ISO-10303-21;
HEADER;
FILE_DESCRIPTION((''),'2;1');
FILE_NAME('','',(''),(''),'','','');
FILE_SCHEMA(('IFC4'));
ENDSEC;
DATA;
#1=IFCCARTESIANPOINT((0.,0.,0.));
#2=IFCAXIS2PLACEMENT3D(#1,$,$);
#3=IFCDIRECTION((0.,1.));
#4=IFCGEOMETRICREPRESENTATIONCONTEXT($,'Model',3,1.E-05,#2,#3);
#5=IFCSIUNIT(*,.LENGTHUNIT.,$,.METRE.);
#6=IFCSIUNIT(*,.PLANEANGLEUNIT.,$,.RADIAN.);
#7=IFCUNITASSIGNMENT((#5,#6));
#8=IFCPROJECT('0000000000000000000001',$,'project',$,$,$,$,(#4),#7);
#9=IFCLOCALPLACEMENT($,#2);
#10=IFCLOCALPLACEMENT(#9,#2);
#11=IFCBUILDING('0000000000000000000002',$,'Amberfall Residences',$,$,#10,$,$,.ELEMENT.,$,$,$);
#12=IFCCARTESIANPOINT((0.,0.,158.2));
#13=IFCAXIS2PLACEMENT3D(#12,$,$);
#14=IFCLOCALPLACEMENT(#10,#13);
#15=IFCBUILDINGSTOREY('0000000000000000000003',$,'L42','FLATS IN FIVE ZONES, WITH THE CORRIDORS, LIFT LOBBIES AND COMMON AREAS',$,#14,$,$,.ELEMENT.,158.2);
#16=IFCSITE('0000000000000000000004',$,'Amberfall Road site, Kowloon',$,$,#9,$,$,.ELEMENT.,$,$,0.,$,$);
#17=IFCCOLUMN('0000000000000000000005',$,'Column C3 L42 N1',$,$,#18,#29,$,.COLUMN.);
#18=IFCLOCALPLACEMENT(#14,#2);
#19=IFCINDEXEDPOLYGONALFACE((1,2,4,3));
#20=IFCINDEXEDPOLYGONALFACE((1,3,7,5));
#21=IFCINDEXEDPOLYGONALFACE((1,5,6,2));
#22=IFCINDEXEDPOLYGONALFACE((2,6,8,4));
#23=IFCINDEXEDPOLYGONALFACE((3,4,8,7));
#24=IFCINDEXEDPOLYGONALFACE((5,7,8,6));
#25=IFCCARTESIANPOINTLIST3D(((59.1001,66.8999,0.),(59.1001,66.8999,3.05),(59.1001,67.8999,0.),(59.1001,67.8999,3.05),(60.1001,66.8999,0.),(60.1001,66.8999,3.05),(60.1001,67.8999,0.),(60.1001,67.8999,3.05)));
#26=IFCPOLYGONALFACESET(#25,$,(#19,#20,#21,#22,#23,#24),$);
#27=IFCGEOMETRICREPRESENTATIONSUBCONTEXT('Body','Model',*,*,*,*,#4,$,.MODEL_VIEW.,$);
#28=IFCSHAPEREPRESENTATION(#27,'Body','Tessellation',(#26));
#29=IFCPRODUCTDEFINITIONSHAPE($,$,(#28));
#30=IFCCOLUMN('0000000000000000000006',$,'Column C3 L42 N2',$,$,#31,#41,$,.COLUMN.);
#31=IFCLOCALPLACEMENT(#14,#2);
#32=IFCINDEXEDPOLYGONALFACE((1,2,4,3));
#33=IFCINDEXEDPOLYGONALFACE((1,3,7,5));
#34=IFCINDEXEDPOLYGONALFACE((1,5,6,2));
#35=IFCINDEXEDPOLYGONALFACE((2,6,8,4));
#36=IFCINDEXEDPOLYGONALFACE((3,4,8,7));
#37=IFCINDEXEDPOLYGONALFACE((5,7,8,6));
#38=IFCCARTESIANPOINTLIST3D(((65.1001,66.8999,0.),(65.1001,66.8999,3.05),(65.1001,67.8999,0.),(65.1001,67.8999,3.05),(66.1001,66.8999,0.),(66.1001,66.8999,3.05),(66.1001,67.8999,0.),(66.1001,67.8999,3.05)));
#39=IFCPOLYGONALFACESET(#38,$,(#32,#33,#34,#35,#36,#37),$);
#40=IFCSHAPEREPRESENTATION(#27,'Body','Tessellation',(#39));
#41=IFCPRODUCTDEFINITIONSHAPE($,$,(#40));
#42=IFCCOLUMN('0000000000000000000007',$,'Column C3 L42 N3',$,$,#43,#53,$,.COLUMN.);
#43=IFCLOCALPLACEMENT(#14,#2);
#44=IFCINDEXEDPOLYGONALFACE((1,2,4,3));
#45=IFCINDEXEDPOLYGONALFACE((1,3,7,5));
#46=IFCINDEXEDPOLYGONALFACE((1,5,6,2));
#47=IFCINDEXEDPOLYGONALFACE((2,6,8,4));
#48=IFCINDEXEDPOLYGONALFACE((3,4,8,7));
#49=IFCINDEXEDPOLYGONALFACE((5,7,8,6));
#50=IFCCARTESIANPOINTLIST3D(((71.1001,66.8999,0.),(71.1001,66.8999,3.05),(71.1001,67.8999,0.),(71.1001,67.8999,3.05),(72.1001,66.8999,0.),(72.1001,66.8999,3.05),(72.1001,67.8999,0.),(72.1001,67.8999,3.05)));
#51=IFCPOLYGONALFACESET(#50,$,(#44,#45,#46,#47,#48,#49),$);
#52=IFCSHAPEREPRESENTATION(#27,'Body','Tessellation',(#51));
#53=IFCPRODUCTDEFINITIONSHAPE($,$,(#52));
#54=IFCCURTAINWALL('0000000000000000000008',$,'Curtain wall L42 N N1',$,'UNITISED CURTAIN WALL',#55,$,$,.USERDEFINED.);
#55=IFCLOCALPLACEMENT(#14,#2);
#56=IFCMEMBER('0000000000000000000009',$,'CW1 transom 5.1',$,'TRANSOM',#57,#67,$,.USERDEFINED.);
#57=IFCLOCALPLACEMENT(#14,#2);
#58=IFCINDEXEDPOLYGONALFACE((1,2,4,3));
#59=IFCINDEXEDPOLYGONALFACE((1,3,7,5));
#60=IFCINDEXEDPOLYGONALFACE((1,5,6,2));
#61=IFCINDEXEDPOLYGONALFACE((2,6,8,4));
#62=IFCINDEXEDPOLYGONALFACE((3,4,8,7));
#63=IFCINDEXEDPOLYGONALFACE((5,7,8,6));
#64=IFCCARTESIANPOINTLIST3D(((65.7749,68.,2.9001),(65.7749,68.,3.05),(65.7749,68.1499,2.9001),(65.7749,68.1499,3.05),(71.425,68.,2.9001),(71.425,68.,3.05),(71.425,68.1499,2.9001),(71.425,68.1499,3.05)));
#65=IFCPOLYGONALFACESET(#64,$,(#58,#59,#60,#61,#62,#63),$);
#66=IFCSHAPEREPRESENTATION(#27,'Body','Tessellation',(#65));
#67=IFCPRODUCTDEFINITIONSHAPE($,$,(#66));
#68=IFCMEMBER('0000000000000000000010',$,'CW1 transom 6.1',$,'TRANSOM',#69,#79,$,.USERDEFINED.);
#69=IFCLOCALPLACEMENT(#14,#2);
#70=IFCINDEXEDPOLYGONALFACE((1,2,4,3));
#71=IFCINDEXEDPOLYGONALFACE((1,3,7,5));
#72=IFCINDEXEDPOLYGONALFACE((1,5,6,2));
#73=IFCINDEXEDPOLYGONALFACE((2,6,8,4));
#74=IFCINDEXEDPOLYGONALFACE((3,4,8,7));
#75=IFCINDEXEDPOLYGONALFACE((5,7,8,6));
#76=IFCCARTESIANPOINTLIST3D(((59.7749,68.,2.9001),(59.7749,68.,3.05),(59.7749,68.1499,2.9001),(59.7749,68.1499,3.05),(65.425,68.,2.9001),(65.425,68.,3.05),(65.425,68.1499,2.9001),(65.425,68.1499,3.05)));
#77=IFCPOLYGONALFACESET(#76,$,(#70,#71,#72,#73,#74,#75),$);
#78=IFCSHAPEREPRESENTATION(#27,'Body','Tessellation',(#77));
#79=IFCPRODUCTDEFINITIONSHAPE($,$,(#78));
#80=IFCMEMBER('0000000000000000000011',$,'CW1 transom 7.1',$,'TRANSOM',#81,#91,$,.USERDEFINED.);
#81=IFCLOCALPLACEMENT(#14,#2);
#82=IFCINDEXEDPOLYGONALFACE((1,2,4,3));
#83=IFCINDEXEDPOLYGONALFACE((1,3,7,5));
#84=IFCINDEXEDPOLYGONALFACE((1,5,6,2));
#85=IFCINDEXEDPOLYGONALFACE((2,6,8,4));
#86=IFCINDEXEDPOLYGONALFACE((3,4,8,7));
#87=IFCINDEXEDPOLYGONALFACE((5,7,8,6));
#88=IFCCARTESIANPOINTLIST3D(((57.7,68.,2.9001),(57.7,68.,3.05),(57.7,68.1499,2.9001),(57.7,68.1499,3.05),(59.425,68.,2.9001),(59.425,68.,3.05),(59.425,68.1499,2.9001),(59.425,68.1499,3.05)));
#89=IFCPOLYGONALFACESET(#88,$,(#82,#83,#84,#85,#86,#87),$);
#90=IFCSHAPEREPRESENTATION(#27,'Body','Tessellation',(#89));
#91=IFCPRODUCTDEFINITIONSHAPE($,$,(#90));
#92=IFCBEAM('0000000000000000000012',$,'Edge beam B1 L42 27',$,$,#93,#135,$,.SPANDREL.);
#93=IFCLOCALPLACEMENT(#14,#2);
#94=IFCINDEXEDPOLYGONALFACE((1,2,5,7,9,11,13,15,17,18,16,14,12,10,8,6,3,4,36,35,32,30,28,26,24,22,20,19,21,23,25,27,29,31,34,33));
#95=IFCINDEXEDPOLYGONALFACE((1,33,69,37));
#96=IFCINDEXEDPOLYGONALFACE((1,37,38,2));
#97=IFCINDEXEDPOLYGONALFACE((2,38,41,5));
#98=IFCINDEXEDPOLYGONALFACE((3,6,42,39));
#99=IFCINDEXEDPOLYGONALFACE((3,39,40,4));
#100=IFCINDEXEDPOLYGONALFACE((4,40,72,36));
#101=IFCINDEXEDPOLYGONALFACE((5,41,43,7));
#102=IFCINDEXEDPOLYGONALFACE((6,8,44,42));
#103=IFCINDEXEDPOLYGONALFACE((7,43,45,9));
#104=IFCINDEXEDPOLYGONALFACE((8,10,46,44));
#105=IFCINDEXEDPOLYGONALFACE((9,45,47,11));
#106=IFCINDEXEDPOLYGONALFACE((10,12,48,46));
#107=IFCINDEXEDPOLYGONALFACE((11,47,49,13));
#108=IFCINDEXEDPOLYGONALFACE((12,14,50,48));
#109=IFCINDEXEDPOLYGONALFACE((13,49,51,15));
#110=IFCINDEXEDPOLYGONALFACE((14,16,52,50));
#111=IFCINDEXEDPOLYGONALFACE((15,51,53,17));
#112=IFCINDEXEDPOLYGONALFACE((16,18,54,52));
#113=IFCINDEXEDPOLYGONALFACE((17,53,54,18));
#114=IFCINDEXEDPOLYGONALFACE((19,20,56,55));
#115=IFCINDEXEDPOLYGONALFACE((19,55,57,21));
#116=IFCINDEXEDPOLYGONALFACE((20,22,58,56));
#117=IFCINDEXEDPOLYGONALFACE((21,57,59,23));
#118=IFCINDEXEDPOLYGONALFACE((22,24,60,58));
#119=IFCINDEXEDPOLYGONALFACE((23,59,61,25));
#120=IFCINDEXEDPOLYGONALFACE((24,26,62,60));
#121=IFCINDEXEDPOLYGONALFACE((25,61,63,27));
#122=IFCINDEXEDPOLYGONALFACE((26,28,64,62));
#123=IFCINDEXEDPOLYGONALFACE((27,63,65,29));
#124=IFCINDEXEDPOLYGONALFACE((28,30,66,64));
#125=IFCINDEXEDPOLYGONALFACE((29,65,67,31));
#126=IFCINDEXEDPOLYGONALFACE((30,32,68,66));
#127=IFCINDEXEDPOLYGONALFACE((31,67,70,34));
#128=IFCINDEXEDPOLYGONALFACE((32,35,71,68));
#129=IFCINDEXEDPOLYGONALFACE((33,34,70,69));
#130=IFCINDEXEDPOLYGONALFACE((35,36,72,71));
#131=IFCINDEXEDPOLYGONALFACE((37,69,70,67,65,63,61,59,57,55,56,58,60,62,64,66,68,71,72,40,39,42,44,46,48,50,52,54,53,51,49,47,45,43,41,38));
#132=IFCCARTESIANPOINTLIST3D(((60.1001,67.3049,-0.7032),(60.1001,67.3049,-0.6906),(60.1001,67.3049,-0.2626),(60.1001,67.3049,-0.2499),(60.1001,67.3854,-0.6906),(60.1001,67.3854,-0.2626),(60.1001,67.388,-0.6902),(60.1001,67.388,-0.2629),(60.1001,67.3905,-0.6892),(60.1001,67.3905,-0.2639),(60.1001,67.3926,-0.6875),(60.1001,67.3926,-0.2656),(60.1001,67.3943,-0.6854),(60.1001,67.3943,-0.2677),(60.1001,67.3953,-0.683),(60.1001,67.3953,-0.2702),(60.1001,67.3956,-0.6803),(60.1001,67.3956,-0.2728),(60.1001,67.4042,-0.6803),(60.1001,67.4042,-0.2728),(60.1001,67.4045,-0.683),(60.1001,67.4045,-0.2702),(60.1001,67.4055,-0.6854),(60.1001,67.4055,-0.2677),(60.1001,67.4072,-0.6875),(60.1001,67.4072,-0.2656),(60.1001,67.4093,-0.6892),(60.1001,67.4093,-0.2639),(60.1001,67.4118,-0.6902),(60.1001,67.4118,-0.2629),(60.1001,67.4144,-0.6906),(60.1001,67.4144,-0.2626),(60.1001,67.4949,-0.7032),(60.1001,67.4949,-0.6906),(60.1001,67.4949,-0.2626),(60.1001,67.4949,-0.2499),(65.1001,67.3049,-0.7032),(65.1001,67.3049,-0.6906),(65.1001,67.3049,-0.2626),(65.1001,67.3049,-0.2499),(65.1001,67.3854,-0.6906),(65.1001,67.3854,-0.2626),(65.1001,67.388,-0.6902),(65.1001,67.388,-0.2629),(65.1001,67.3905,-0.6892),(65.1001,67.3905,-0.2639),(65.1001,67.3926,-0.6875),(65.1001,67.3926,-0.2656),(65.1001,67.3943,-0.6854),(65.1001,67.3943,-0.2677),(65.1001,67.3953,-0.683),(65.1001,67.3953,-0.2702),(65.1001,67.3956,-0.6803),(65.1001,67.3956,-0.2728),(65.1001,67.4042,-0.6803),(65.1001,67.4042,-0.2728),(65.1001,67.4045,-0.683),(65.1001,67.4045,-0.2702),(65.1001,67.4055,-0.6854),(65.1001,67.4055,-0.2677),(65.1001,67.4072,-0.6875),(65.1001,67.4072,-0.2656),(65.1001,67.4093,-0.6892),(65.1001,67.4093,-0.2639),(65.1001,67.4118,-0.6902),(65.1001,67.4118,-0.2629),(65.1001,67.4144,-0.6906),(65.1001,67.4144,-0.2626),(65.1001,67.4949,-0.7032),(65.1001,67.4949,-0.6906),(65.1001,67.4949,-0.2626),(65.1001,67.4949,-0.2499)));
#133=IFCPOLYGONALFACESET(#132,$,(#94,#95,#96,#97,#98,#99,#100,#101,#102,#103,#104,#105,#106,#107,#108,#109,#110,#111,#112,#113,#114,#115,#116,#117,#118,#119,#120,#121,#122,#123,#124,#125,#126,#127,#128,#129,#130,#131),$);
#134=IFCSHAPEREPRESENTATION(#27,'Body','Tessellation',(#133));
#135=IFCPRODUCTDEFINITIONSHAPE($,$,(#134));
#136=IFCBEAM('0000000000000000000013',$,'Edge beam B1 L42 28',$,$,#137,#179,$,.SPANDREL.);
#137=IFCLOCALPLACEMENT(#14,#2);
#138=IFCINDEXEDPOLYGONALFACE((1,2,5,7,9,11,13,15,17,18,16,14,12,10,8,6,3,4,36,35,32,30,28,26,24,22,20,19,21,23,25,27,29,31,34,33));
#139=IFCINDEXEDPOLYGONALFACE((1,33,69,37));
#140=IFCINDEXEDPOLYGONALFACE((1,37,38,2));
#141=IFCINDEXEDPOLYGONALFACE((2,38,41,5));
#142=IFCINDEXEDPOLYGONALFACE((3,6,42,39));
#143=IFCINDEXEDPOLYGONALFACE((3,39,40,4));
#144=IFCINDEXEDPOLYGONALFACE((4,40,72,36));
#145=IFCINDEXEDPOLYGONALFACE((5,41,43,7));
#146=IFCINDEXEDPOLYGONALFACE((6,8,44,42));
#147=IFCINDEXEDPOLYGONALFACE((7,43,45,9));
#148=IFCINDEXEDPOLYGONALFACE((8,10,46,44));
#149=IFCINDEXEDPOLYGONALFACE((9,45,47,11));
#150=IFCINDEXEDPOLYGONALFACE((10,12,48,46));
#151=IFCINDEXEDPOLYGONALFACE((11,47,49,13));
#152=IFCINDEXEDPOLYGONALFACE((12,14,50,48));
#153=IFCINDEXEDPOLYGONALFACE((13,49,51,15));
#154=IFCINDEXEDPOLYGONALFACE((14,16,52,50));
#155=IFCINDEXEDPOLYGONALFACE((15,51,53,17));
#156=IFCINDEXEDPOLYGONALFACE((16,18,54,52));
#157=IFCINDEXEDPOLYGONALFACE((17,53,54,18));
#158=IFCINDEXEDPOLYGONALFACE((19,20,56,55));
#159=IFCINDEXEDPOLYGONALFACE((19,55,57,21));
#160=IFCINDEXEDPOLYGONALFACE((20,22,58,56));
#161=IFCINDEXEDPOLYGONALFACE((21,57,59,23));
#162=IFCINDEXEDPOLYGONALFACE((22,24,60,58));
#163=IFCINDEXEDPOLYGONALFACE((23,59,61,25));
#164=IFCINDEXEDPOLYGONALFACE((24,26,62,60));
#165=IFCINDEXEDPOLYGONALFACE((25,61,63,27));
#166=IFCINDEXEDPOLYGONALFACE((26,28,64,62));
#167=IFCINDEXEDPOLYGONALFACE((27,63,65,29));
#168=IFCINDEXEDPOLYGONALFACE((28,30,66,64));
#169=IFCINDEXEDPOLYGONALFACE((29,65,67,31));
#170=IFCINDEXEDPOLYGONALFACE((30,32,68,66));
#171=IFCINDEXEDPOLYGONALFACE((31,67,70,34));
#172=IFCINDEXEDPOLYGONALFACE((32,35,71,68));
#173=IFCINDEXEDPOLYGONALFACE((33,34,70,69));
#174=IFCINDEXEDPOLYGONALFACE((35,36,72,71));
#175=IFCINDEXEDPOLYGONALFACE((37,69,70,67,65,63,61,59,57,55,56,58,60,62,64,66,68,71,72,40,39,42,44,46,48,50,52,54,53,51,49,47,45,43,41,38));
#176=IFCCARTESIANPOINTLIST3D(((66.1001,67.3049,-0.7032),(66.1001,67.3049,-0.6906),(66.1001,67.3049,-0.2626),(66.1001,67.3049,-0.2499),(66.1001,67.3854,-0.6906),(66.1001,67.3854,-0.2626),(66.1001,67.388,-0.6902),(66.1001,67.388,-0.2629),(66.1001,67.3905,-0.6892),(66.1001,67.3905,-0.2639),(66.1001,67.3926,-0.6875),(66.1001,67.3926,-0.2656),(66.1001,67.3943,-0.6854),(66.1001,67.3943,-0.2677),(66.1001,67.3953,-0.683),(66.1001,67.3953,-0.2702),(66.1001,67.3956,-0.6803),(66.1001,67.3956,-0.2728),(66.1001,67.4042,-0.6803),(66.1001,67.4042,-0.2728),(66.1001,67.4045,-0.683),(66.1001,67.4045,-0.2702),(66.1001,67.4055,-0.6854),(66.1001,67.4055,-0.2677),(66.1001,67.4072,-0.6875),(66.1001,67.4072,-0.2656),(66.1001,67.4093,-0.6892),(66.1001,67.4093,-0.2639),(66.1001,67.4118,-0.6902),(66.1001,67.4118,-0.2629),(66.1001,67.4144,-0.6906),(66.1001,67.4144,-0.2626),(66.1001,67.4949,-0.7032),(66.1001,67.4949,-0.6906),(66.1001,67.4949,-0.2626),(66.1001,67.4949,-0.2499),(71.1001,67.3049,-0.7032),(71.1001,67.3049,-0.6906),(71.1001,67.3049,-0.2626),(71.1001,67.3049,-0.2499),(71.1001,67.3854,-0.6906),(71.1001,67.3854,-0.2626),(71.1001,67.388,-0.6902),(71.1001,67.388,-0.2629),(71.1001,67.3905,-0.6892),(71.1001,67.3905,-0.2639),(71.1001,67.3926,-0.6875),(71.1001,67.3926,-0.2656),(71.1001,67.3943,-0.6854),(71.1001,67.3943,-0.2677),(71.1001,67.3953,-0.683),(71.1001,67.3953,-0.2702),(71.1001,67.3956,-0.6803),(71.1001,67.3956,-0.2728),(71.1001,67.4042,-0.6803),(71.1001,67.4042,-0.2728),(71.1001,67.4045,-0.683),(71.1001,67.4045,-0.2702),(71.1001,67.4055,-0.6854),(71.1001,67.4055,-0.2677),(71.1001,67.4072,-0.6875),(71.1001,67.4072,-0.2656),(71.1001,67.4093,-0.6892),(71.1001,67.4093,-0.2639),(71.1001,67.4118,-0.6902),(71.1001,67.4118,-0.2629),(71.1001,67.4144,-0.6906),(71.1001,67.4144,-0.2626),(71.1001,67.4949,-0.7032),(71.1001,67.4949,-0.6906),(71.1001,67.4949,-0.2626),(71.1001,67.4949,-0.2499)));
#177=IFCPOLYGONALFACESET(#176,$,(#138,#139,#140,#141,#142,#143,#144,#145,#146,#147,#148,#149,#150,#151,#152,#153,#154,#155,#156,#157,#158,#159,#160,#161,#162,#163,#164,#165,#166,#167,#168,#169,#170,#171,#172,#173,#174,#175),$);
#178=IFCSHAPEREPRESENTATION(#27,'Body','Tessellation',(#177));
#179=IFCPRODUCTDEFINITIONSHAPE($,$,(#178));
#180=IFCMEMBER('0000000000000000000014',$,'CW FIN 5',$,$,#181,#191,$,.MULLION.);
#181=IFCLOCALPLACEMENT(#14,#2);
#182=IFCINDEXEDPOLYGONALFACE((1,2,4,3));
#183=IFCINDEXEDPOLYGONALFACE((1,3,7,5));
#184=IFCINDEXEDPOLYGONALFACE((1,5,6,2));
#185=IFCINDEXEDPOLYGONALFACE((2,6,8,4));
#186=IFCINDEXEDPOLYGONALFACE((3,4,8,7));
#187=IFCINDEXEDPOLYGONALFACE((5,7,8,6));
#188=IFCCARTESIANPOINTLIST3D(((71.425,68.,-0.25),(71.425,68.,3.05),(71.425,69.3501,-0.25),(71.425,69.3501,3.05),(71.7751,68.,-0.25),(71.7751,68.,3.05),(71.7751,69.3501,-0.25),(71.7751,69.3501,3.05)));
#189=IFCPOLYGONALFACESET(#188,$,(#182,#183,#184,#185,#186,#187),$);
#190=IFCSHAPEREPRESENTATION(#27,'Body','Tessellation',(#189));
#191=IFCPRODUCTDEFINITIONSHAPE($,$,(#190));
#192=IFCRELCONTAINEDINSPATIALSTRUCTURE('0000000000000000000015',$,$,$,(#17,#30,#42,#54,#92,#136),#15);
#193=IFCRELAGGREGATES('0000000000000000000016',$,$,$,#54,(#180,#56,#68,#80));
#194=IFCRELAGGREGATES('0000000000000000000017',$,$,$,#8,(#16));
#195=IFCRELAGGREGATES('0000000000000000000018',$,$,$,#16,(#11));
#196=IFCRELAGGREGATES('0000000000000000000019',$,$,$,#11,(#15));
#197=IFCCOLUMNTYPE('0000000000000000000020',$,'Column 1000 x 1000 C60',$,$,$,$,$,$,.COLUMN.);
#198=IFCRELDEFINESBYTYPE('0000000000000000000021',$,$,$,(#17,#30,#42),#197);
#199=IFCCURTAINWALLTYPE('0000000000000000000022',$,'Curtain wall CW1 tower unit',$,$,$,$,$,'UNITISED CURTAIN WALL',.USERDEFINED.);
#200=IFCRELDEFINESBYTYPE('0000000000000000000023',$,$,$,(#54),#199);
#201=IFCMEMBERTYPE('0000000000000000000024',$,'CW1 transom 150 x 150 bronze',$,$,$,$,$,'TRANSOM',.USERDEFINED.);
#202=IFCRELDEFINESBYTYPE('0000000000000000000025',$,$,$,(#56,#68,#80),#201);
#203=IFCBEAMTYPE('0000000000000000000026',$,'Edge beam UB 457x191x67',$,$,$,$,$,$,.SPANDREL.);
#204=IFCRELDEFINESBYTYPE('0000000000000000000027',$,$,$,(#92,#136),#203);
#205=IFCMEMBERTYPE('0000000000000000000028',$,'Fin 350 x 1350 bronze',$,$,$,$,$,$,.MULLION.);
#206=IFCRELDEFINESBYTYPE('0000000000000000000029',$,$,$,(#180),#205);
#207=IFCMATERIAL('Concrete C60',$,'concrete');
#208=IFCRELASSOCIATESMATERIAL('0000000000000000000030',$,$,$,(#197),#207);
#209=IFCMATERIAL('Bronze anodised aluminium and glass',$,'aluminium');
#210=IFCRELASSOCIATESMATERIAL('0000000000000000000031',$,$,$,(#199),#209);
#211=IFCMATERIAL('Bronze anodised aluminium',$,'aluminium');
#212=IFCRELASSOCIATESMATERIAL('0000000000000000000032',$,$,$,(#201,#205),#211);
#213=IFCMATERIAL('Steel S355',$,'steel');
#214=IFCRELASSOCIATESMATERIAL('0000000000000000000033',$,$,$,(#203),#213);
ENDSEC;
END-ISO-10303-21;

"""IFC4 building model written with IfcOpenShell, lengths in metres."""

from ifc_helpers import new_model, si_unit, direction, frame, origin, origin_2d, place, context, subcontext, project, spatial, rectangle, i_section, extrude, material, material_profile, profile_set, type_object, element, aggregate, save


model = new_model("IFC4")

# Units and contexts
model_context = context("Model", 3, precision=1e-05, world=origin(), true_north=direction((0.0, 1.0)))
body_context = subcontext(model_context, "Body", "Model", "MODEL_VIEW")
ifc_project = project(units=[si_unit("LENGTHUNIT", "METRE"), si_unit("PLANEANGLEUNIT", "RADIAN")], contexts=[model_context])

# Site, building, storey
site_placement = place(None, origin())
site = spatial("IfcSite", under=ifc_project, at=site_placement, Name="Amberfall Road site, Kowloon", CompositionType="ELEMENT", RefElevation=0.0)
building_placement = place(site_placement, origin())
building = spatial("IfcBuilding", under=site, at=building_placement, Name="Amberfall Residences", CompositionType="ELEMENT")
storey_placement = place(building_placement, frame((0.0, 0.0, 158.2)))
storey = spatial("IfcBuildingStorey", under=building, at=storey_placement, Name="L42", Description="FLATS IN FIVE ZONES, WITH THE CORRIDORS, LIFT LOBBIES AND COMMON AREAS", CompositionType="ELEMENT", Elevation=158.2)

# Columns
ifc_material_1 = material(Name="Concrete C60", Category="concrete")
ifc_material_profile_1 = material_profile(ifc_material_1, rectangle(XDim=1.0, YDim=1.0, at=origin_2d()), Name="Column 1000 x 1000 C60")
ifc_profile_set_1 = profile_set([ifc_material_profile_1], Name="Concrete C60")
column_type = type_object("IfcColumnType", Name="Column 1000 x 1000 C60", PredefinedType="COLUMN", material=ifc_profile_set_1)
for number, where, z_axis, x_axis, name in (
    (1, (59.6001, 67.3999, 0.0), (0.0, 0.0, 1.0), (1.0, 0.0, 0.0), "Column C3 L42 N1"),
    (2, (65.6001, 67.3999, 0.0), (0.0, 0.0, 1.0), (1.0, 0.0, 0.0), "Column C3 L42 N2"),
    (3, (71.6001, 67.3999, 0.0), (0.0, 0.0, 1.0), (1.0, 0.0, 0.0), "Column C3 L42 N3"),
):
    element("IfcColumn", number, at=place(storey_placement, frame(where, z_axis=z_axis, x_axis=x_axis)), inside=storey, type_object=column_type, Name=name, PredefinedType="COLUMN", context=body_context, shape_type="SweptSolid", body=[
        extrude(rectangle(XDim=1.0, YDim=1.0, at=origin_2d()), origin(), (0.0, 0.0, 1.0), 3.05),
    ])

# Curtain wall, members
ifc_material_2 = material(Name="Bronze anodised aluminium and glass", Category="aluminium")
curtain_wall_type = type_object("IfcCurtainWallType", Name="Curtain wall CW1 tower unit", ElementType="UNITISED CURTAIN WALL", PredefinedType="USERDEFINED", material=ifc_material_2)
curtain_wall_placement = place(storey_placement, origin())
curtain_wall = element("IfcCurtainWall", 4, at=curtain_wall_placement, inside=storey, type_object=curtain_wall_type, Name="Curtain wall L42 N N1", ObjectType="UNITISED CURTAIN WALL", PredefinedType="USERDEFINED")
ifc_material_3 = material(Name="Bronze anodised aluminium", Category="aluminium")
ifc_material_profile_2 = material_profile(ifc_material_3, rectangle(XDim=0.1499, YDim=0.1499, at=origin_2d()), Name="CW1 transom 150 x 150 bronze")
ifc_profile_set_2 = profile_set([ifc_material_profile_2], Name="Bronze anodised aluminium")
member_type_1 = type_object("IfcMemberType", Name="CW1 transom 150 x 150 bronze", ElementType="TRANSOM", PredefinedType="USERDEFINED", material=ifc_profile_set_2)
member_1_placement = place(storey_placement, frame((71.425, 68.075, 2.9751), z_axis=(-1.0, 0.0, 0.0), x_axis=(0.0, -1.0, 0.0)))
member_1 = element("IfcMember", 5, at=member_1_placement, type_object=member_type_1, Name="CW1 transom 5.1", ObjectType="TRANSOM", PredefinedType="USERDEFINED", context=body_context, shape_type="SweptSolid", body=[
    extrude(rectangle(XDim=0.1499, YDim=0.1499, at=origin_2d()), origin(), (0.0, 0.0, 1.0), 5.6501),
])
member_2_placement = place(storey_placement, frame((65.425, 68.075, 2.9751), z_axis=(-1.0, 0.0, 0.0), x_axis=(0.0, -1.0, 0.0)))
member_2 = element("IfcMember", 6, at=member_2_placement, type_object=member_type_1, Name="CW1 transom 6.1", ObjectType="TRANSOM", PredefinedType="USERDEFINED", context=body_context, shape_type="SweptSolid", body=[
    extrude(rectangle(XDim=0.1499, YDim=0.1499, at=origin_2d()), origin(), (0.0, 0.0, 1.0), 5.6501),
])
member_3_placement = place(storey_placement, frame((59.425, 68.075, 2.9751), z_axis=(-1.0, 0.0, 0.0), x_axis=(0.0, -1.0, 0.0)))
member_3 = element("IfcMember", 7, at=member_3_placement, type_object=member_type_1, Name="CW1 transom 7.1", ObjectType="TRANSOM", PredefinedType="USERDEFINED", context=body_context, shape_type="SweptSolid", body=[
    extrude(rectangle(XDim=0.1499, YDim=0.1499, at=origin_2d()), origin(), (0.0, 0.0, 1.0), 1.7251),
])

# Beams
ifc_material_4 = material(Name="Steel S355", Category="steel")
ifc_material_profile_3 = material_profile(ifc_material_4, i_section(OverallWidth=0.1899, OverallDepth=0.4534, WebThickness=0.0085, FlangeThickness=0.0127, FilletRadius=0.0103, at=origin_2d()), Name="UB 457x191x67")
ifc_profile_set_3 = profile_set([ifc_material_profile_3], Name="Steel S355")
beam_type_1 = type_object("IfcBeamType", Name="Edge beam UB 457x191x67", PredefinedType="SPANDREL", material=ifc_profile_set_3)
for number, where, z_axis, x_axis, name in (
    (8, (60.1001, 67.3999, -0.4766), (1.0, 0.0, 0.0), (0.0, 1.0, 0.0), "Edge beam B1 L42 27"),
    (9, (66.1001, 67.3999, -0.4766), (1.0, 0.0, 0.0), (0.0, 1.0, 0.0), "Edge beam B1 L42 28"),
):
    element("IfcBeam", number, at=place(storey_placement, frame(where, z_axis=z_axis, x_axis=x_axis)), inside=storey, type_object=beam_type_1, Name=name, PredefinedType="SPANDREL", context=body_context, shape_type="SweptSolid", body=[
        extrude(i_section(OverallWidth=0.1899, OverallDepth=0.4534, WebThickness=0.0085, FlangeThickness=0.0127, FilletRadius=0.0103, at=origin_2d()), origin(), (0.0, 0.0, 1.0), 5.0),
    ])

# Member
ifc_material_profile_4 = material_profile(ifc_material_3, rectangle(XDim=1.3501, YDim=0.3501, at=origin_2d()), Name="Fin 350 x 1350 bronze")
ifc_profile_set_4 = profile_set([ifc_material_profile_4], Name="Bronze anodised aluminium")
member_type_2 = type_object("IfcMemberType", Name="Fin 350 x 1350 bronze", PredefinedType="MULLION", material=ifc_profile_set_4)
member_4_placement = place(storey_placement, frame((71.6001, 68.675, -0.25), z_axis=(0.0, 0.0, 1.0), x_axis=(0.0, -1.0, 0.0)))
member_4 = element("IfcMember", 10, at=member_4_placement, type_object=member_type_2, Name="CW FIN 5", PredefinedType="MULLION", context=body_context, shape_type="SweptSolid", body=[
    extrude(rectangle(XDim=1.3501, YDim=0.3501, at=origin_2d()), origin(), (0.0, 0.0, 1.0), 3.3),
])

aggregate(curtain_wall, [member_4, member_1, member_2, member_3])

save(model, "model.ifc")
